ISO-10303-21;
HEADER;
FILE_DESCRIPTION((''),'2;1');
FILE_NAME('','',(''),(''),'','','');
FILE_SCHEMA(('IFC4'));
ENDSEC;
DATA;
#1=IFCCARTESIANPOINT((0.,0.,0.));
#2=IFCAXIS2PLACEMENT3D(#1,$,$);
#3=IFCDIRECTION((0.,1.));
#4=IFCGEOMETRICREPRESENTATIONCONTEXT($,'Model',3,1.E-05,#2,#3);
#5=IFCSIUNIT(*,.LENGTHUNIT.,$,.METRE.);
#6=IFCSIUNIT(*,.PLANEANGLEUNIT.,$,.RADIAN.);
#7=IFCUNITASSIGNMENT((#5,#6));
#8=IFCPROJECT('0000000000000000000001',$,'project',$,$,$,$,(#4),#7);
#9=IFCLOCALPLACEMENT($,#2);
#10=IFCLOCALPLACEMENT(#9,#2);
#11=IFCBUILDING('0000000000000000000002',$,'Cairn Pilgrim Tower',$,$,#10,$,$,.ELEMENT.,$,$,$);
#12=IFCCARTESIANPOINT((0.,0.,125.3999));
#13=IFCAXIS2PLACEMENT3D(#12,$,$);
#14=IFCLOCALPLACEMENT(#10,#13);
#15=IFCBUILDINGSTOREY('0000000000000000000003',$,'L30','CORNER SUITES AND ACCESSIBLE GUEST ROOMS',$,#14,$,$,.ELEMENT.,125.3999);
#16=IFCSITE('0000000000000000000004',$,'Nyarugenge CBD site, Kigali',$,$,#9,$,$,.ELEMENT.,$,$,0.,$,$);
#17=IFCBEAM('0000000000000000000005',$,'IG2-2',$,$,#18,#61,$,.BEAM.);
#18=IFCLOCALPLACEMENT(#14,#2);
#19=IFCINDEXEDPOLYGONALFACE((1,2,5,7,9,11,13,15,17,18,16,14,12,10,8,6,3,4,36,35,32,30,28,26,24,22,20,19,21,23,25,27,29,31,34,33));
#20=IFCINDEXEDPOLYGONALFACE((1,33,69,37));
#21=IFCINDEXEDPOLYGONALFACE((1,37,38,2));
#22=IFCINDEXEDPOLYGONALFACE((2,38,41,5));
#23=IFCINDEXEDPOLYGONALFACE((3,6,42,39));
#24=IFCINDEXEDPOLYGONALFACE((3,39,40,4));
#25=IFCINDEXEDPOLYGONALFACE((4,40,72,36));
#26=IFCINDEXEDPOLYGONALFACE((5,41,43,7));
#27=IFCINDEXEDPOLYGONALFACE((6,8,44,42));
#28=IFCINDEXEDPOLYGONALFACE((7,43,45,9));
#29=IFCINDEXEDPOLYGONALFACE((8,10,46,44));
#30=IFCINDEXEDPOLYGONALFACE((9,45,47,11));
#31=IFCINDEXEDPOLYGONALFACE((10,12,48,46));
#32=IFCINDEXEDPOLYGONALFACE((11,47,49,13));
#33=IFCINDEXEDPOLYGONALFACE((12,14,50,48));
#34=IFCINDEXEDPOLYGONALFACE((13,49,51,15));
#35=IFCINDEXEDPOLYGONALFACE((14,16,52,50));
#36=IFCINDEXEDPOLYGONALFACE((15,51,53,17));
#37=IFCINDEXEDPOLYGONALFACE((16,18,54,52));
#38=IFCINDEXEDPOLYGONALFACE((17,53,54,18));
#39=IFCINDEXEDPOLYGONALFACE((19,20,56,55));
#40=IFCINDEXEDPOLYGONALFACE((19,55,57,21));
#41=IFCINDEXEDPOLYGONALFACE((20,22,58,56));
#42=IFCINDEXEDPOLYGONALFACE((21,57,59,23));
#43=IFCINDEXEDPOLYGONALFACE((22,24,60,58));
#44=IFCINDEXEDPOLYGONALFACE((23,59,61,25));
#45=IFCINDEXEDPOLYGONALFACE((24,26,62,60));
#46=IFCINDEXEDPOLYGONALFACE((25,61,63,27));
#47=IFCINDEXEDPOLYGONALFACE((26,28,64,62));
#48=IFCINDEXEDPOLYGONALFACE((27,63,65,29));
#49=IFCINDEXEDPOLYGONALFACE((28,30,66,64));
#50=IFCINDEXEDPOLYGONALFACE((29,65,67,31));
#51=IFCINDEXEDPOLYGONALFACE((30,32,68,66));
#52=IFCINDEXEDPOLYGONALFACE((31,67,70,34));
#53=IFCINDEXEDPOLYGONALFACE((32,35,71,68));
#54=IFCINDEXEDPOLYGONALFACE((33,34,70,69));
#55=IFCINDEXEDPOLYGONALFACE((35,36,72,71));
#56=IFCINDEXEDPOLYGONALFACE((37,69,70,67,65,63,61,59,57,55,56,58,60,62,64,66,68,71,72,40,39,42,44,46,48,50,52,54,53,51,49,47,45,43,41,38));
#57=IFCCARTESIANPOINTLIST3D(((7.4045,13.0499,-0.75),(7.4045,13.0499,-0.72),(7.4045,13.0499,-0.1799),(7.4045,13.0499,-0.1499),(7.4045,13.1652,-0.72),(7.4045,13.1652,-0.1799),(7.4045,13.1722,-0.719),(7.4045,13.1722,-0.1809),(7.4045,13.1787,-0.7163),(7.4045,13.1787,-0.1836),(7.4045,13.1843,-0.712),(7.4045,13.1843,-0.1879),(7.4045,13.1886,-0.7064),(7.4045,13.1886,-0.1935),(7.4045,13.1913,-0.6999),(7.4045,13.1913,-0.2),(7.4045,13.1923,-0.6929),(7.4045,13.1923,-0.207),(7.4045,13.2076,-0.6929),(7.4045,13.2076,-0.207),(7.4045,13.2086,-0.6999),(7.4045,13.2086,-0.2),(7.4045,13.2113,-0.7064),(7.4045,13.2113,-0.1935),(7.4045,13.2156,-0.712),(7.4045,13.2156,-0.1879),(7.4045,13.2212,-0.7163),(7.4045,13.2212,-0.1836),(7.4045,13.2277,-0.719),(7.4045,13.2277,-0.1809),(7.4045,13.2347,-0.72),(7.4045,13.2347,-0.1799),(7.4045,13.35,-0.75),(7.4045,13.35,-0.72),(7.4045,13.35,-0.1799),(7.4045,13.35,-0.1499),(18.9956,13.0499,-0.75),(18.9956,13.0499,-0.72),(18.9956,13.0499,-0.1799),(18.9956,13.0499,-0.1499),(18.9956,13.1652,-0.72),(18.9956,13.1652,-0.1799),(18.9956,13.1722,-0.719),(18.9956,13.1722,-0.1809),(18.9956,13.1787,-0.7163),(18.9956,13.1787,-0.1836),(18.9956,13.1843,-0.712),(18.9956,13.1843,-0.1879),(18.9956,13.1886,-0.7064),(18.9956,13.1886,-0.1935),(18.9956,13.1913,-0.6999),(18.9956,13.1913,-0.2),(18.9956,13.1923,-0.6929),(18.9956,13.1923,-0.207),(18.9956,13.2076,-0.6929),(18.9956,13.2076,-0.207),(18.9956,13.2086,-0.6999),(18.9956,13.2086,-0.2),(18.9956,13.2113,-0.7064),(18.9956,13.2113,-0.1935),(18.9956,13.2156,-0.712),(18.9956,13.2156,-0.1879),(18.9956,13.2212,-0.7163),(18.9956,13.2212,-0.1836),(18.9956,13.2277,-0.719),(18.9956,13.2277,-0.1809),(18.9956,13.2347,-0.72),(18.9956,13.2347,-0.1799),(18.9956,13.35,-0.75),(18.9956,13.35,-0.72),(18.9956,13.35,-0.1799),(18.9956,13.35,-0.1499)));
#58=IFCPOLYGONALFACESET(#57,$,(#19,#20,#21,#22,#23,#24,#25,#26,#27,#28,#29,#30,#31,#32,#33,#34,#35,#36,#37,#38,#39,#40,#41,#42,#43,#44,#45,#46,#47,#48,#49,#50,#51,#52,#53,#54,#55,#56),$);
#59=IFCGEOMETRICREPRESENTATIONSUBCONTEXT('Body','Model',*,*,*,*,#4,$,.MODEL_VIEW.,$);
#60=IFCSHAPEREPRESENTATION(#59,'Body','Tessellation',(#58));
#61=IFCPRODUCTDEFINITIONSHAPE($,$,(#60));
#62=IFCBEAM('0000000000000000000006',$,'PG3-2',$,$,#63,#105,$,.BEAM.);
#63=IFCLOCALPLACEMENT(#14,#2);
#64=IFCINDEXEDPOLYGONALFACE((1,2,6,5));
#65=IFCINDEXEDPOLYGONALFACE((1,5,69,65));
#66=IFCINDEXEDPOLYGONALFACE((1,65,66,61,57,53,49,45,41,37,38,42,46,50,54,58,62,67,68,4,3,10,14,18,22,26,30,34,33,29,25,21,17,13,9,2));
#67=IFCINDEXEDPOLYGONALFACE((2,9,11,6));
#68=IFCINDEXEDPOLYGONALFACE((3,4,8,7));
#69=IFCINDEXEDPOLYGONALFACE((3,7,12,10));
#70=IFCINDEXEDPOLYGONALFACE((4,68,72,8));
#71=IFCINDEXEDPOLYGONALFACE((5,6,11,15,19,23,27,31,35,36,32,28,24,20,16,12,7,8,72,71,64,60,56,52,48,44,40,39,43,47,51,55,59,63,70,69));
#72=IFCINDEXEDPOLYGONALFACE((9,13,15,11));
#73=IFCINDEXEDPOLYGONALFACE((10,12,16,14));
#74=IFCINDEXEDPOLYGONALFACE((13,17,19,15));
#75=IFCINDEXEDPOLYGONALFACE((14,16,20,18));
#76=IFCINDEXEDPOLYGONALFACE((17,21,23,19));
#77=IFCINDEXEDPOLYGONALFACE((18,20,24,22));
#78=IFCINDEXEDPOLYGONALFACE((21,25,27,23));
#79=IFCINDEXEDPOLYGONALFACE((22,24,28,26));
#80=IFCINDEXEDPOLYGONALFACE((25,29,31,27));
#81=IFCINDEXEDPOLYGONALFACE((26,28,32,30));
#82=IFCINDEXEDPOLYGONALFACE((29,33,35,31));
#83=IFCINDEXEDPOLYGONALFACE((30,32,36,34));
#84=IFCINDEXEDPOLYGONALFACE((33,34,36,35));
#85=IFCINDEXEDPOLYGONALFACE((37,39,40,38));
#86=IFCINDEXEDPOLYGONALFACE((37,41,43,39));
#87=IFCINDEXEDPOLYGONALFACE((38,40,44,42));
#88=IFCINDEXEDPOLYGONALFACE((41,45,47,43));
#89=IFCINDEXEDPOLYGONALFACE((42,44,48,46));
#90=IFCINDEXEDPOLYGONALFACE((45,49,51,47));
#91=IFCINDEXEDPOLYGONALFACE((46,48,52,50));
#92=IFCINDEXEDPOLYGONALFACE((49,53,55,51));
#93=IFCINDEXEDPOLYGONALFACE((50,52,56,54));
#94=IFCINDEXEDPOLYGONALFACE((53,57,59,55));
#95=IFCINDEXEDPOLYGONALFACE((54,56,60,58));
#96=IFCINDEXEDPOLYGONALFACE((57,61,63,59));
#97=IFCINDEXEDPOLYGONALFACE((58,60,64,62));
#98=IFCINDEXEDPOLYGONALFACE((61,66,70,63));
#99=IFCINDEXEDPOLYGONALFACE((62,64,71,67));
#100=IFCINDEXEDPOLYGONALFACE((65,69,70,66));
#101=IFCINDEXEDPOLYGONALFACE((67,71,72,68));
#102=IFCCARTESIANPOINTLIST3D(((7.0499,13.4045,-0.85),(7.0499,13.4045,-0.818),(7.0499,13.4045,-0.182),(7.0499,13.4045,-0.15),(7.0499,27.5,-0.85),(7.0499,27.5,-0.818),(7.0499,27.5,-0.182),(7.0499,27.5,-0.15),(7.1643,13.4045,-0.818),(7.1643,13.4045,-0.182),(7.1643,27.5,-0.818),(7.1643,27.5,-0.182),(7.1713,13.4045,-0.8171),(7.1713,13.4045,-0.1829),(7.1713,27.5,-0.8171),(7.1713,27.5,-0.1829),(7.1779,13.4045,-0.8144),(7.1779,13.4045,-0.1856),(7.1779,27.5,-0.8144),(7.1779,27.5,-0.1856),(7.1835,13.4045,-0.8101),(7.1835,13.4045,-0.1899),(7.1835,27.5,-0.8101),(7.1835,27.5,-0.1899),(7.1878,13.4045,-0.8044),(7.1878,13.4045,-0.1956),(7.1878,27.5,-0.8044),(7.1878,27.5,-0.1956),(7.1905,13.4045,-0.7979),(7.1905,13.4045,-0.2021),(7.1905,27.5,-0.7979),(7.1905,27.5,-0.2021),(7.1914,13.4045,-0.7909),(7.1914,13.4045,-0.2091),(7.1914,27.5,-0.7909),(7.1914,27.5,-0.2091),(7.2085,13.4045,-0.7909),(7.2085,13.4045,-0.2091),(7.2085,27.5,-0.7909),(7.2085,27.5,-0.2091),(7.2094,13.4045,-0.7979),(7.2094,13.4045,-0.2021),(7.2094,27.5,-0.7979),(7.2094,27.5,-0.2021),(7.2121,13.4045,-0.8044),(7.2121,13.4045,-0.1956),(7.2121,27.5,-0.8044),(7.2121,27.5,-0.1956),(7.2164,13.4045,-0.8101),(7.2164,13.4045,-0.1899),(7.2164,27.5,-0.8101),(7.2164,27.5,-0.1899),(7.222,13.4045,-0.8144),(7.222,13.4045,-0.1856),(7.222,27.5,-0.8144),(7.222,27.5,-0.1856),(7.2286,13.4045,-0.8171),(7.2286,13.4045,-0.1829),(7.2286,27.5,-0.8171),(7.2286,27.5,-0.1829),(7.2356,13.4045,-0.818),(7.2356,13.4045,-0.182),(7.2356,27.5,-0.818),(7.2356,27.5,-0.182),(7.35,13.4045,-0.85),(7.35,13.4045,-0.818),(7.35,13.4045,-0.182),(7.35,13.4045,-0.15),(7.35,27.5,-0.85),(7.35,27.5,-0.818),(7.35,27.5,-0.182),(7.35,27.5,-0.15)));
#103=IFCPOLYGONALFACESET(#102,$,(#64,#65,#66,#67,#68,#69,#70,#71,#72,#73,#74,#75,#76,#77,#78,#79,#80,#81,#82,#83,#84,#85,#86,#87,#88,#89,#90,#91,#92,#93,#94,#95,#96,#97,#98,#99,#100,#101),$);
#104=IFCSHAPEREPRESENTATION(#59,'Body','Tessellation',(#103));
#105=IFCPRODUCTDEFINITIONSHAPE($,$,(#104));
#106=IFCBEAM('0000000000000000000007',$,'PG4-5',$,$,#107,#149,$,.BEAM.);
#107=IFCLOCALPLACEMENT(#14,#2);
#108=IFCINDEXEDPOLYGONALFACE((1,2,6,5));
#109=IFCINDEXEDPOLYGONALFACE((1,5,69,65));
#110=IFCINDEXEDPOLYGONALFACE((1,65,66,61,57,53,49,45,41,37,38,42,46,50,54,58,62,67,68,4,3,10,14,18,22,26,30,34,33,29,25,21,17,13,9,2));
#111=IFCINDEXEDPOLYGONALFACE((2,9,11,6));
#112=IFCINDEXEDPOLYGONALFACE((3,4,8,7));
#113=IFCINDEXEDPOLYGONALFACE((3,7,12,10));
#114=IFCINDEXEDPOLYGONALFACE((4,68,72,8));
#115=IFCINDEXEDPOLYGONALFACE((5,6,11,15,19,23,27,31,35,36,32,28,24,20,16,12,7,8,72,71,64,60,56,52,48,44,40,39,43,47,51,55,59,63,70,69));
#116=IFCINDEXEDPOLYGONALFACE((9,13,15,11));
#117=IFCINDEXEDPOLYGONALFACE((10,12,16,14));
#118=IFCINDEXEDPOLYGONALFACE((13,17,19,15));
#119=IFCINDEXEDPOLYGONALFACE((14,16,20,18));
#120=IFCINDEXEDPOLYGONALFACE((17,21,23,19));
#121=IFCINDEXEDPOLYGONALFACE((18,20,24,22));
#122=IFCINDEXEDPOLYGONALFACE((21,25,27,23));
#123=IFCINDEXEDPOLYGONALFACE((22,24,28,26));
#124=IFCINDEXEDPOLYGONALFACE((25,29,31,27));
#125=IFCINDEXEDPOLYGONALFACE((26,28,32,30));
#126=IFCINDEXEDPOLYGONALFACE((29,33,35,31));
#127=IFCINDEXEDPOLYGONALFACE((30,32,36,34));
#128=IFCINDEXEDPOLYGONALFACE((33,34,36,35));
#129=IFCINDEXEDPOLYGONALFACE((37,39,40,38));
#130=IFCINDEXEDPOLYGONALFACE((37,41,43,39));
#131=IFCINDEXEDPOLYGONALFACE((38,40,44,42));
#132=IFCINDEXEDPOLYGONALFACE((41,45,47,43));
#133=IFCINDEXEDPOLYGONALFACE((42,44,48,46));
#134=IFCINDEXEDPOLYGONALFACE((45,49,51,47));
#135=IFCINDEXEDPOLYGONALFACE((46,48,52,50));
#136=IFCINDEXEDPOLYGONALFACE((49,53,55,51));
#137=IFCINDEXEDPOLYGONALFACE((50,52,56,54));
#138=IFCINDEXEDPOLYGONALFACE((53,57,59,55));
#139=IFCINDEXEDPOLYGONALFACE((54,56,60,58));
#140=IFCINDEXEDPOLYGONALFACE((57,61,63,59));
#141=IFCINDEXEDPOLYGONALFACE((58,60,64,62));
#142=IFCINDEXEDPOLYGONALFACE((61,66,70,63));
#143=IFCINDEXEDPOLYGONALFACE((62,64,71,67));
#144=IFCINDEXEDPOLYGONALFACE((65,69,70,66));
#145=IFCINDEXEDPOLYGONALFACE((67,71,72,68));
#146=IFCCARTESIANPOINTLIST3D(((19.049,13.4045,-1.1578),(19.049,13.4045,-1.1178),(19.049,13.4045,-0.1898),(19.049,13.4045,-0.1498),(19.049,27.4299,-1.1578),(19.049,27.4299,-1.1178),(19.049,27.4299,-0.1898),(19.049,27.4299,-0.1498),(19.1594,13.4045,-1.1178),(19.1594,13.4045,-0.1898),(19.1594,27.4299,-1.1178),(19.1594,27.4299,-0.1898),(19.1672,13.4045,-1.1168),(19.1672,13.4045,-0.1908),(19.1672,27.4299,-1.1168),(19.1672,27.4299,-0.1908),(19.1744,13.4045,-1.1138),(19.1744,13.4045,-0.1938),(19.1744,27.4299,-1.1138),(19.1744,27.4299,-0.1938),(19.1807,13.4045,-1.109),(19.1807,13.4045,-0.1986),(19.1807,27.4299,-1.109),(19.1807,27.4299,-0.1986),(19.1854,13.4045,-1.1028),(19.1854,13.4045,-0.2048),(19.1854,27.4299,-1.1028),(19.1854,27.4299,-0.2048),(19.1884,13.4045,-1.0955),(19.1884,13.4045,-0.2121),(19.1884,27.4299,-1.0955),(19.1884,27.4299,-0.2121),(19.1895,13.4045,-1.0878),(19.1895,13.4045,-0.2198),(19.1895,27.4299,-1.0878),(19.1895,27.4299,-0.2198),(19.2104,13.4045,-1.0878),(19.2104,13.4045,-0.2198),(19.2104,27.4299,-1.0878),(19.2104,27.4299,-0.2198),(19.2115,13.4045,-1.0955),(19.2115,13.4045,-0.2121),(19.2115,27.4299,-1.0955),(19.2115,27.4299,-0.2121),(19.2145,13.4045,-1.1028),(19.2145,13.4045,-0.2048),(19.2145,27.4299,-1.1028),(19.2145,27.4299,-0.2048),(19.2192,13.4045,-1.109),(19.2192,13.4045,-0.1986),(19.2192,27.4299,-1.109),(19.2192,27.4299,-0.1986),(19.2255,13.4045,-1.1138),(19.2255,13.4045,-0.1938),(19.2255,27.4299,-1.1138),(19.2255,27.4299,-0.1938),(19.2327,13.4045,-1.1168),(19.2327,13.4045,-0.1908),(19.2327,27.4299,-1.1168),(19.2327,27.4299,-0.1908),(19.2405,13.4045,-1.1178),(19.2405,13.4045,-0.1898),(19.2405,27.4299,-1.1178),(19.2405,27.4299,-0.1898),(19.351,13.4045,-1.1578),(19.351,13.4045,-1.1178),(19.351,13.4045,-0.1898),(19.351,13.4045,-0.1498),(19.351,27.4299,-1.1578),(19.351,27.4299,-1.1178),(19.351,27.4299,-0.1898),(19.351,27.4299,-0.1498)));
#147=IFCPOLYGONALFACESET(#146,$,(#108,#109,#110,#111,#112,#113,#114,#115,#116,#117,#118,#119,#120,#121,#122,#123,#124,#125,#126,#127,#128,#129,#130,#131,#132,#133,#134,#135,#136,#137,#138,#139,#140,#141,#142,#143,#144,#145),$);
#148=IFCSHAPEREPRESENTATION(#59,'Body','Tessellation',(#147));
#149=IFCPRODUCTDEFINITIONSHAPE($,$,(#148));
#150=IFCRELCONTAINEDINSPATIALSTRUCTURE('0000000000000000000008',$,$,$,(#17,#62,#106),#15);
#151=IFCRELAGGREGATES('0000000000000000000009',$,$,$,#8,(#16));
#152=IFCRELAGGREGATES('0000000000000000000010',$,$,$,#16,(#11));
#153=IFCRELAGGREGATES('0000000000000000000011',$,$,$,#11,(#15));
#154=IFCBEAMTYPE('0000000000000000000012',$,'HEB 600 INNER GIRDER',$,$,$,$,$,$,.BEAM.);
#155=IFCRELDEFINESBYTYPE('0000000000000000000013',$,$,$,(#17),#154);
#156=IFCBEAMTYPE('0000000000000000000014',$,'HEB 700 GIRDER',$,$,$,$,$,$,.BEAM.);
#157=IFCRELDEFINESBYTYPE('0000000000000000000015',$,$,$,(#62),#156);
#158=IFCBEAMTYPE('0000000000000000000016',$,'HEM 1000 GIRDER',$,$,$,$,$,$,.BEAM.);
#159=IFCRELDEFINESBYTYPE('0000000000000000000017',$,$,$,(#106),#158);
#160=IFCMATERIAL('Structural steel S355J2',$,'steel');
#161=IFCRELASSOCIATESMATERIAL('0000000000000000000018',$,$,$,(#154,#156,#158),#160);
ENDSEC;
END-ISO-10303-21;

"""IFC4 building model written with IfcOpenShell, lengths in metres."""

from ifc_helpers import new_model, si_unit, direction, frame, origin, origin_2d, place, context, subcontext, project, spatial, i_section, extrude, material, material_profile, profile_set, type_object, element, save


model = new_model("IFC4")

# Units and contexts
model_context = context("Model", 3, precision=1e-05, world=origin(), true_north=direction((0.0, 1.0)))
body_context = subcontext(model_context, "Body", "Model", "MODEL_VIEW")
ifc_project = project(units=[si_unit("LENGTHUNIT", "METRE"), si_unit("PLANEANGLEUNIT", "RADIAN")], contexts=[model_context])

# Site, building, storey
site_placement = place(None, origin())
site = spatial("IfcSite", under=ifc_project, at=site_placement, Name="Nyarugenge CBD site, Kigali", CompositionType="ELEMENT", RefElevation=0.0)
building_placement = place(site_placement, origin())
building = spatial("IfcBuilding", under=site, at=building_placement, Name="Cairn Pilgrim Tower", CompositionType="ELEMENT")
storey_placement = place(building_placement, frame((0.0, 0.0, 125.3999)))
storey = spatial("IfcBuildingStorey", under=building, at=storey_placement, Name="L30", Description="CORNER SUITES AND ACCESSIBLE GUEST ROOMS", CompositionType="ELEMENT", Elevation=125.3999)

# Beams
ifc_material_1 = material(Name="Structural steel S355J2", Category="steel")
ifc_material_profile_1 = material_profile(ifc_material_1, i_section(OverallWidth=0.3, OverallDepth=0.6001, WebThickness=0.0154, FlangeThickness=0.03, FilletRadius=0.0271, at=origin_2d()), Name="HEB 600")
ifc_profile_set_1 = profile_set([ifc_material_profile_1], Name="Structural steel S355J2")
beam_type_1 = type_object("IfcBeamType", Name="HEB 600 INNER GIRDER", PredefinedType="BEAM", material=ifc_profile_set_1)
beam_1_placement = place(storey_placement, frame((7.4045, 13.2, -0.45), z_axis=(1.0, 0.0, 0.0), x_axis=(0.0, 1.0, 0.0)))
element("IfcBeam", 1, at=beam_1_placement, inside=storey, type_object=beam_type_1, Name="IG2-2", PredefinedType="BEAM", context=body_context, shape_type="SweptSolid", body=[
    extrude(i_section(OverallWidth=0.3, OverallDepth=0.6001, WebThickness=0.0154, FlangeThickness=0.03, FilletRadius=0.0271, at=origin_2d()), origin(), (0.0, 0.0, 1.0), 11.5911),
])
ifc_material_profile_2 = material_profile(ifc_material_1, i_section(OverallWidth=0.3, OverallDepth=0.7, WebThickness=0.0171, FlangeThickness=0.032, FilletRadius=0.0271, at=origin_2d()), Name="HEB 700")
ifc_profile_set_2 = profile_set([ifc_material_profile_2], Name="Structural steel S355J2")
beam_type_2 = type_object("IfcBeamType", Name="HEB 700 GIRDER", PredefinedType="BEAM", material=ifc_profile_set_2)
beam_2_placement = place(storey_placement, frame((7.2, 13.4045, -0.5), z_axis=(0.0, 1.0, 0.0), x_axis=(-1.0, 0.0, 0.0)))
element("IfcBeam", 2, at=beam_2_placement, inside=storey, type_object=beam_type_2, Name="PG3-2", PredefinedType="BEAM", context=body_context, shape_type="SweptSolid", body=[
    extrude(i_section(OverallWidth=0.3, OverallDepth=0.7, WebThickness=0.0171, FlangeThickness=0.032, FilletRadius=0.0271, at=origin_2d()), origin(), (0.0, 0.0, 1.0), 14.0955),
])
ifc_material_profile_3 = material_profile(ifc_material_1, i_section(OverallWidth=0.302, OverallDepth=1.0081, WebThickness=0.021, FlangeThickness=0.04, FilletRadius=0.03, at=origin_2d()), Name="HEM 1000")
ifc_profile_set_3 = profile_set([ifc_material_profile_3], Name="Structural steel S355J2")
beam_type_3 = type_object("IfcBeamType", Name="HEM 1000 GIRDER", PredefinedType="BEAM", material=ifc_profile_set_3)
beam_3_placement = place(storey_placement, frame((19.2, 13.4045, -0.6538), z_axis=(0.0, 1.0, 0.0), x_axis=(-1.0, 0.0, 0.0)))
element("IfcBeam", 3, at=beam_3_placement, inside=storey, type_object=beam_type_3, Name="PG4-5", PredefinedType="BEAM", context=body_context, shape_type="SweptSolid", body=[
    extrude(i_section(OverallWidth=0.302, OverallDepth=1.0081, WebThickness=0.021, FlangeThickness=0.04, FilletRadius=0.03, at=origin_2d()), origin(), (0.0, 0.0, 1.0), 14.0254),
])

save(model, "model.ifc")
